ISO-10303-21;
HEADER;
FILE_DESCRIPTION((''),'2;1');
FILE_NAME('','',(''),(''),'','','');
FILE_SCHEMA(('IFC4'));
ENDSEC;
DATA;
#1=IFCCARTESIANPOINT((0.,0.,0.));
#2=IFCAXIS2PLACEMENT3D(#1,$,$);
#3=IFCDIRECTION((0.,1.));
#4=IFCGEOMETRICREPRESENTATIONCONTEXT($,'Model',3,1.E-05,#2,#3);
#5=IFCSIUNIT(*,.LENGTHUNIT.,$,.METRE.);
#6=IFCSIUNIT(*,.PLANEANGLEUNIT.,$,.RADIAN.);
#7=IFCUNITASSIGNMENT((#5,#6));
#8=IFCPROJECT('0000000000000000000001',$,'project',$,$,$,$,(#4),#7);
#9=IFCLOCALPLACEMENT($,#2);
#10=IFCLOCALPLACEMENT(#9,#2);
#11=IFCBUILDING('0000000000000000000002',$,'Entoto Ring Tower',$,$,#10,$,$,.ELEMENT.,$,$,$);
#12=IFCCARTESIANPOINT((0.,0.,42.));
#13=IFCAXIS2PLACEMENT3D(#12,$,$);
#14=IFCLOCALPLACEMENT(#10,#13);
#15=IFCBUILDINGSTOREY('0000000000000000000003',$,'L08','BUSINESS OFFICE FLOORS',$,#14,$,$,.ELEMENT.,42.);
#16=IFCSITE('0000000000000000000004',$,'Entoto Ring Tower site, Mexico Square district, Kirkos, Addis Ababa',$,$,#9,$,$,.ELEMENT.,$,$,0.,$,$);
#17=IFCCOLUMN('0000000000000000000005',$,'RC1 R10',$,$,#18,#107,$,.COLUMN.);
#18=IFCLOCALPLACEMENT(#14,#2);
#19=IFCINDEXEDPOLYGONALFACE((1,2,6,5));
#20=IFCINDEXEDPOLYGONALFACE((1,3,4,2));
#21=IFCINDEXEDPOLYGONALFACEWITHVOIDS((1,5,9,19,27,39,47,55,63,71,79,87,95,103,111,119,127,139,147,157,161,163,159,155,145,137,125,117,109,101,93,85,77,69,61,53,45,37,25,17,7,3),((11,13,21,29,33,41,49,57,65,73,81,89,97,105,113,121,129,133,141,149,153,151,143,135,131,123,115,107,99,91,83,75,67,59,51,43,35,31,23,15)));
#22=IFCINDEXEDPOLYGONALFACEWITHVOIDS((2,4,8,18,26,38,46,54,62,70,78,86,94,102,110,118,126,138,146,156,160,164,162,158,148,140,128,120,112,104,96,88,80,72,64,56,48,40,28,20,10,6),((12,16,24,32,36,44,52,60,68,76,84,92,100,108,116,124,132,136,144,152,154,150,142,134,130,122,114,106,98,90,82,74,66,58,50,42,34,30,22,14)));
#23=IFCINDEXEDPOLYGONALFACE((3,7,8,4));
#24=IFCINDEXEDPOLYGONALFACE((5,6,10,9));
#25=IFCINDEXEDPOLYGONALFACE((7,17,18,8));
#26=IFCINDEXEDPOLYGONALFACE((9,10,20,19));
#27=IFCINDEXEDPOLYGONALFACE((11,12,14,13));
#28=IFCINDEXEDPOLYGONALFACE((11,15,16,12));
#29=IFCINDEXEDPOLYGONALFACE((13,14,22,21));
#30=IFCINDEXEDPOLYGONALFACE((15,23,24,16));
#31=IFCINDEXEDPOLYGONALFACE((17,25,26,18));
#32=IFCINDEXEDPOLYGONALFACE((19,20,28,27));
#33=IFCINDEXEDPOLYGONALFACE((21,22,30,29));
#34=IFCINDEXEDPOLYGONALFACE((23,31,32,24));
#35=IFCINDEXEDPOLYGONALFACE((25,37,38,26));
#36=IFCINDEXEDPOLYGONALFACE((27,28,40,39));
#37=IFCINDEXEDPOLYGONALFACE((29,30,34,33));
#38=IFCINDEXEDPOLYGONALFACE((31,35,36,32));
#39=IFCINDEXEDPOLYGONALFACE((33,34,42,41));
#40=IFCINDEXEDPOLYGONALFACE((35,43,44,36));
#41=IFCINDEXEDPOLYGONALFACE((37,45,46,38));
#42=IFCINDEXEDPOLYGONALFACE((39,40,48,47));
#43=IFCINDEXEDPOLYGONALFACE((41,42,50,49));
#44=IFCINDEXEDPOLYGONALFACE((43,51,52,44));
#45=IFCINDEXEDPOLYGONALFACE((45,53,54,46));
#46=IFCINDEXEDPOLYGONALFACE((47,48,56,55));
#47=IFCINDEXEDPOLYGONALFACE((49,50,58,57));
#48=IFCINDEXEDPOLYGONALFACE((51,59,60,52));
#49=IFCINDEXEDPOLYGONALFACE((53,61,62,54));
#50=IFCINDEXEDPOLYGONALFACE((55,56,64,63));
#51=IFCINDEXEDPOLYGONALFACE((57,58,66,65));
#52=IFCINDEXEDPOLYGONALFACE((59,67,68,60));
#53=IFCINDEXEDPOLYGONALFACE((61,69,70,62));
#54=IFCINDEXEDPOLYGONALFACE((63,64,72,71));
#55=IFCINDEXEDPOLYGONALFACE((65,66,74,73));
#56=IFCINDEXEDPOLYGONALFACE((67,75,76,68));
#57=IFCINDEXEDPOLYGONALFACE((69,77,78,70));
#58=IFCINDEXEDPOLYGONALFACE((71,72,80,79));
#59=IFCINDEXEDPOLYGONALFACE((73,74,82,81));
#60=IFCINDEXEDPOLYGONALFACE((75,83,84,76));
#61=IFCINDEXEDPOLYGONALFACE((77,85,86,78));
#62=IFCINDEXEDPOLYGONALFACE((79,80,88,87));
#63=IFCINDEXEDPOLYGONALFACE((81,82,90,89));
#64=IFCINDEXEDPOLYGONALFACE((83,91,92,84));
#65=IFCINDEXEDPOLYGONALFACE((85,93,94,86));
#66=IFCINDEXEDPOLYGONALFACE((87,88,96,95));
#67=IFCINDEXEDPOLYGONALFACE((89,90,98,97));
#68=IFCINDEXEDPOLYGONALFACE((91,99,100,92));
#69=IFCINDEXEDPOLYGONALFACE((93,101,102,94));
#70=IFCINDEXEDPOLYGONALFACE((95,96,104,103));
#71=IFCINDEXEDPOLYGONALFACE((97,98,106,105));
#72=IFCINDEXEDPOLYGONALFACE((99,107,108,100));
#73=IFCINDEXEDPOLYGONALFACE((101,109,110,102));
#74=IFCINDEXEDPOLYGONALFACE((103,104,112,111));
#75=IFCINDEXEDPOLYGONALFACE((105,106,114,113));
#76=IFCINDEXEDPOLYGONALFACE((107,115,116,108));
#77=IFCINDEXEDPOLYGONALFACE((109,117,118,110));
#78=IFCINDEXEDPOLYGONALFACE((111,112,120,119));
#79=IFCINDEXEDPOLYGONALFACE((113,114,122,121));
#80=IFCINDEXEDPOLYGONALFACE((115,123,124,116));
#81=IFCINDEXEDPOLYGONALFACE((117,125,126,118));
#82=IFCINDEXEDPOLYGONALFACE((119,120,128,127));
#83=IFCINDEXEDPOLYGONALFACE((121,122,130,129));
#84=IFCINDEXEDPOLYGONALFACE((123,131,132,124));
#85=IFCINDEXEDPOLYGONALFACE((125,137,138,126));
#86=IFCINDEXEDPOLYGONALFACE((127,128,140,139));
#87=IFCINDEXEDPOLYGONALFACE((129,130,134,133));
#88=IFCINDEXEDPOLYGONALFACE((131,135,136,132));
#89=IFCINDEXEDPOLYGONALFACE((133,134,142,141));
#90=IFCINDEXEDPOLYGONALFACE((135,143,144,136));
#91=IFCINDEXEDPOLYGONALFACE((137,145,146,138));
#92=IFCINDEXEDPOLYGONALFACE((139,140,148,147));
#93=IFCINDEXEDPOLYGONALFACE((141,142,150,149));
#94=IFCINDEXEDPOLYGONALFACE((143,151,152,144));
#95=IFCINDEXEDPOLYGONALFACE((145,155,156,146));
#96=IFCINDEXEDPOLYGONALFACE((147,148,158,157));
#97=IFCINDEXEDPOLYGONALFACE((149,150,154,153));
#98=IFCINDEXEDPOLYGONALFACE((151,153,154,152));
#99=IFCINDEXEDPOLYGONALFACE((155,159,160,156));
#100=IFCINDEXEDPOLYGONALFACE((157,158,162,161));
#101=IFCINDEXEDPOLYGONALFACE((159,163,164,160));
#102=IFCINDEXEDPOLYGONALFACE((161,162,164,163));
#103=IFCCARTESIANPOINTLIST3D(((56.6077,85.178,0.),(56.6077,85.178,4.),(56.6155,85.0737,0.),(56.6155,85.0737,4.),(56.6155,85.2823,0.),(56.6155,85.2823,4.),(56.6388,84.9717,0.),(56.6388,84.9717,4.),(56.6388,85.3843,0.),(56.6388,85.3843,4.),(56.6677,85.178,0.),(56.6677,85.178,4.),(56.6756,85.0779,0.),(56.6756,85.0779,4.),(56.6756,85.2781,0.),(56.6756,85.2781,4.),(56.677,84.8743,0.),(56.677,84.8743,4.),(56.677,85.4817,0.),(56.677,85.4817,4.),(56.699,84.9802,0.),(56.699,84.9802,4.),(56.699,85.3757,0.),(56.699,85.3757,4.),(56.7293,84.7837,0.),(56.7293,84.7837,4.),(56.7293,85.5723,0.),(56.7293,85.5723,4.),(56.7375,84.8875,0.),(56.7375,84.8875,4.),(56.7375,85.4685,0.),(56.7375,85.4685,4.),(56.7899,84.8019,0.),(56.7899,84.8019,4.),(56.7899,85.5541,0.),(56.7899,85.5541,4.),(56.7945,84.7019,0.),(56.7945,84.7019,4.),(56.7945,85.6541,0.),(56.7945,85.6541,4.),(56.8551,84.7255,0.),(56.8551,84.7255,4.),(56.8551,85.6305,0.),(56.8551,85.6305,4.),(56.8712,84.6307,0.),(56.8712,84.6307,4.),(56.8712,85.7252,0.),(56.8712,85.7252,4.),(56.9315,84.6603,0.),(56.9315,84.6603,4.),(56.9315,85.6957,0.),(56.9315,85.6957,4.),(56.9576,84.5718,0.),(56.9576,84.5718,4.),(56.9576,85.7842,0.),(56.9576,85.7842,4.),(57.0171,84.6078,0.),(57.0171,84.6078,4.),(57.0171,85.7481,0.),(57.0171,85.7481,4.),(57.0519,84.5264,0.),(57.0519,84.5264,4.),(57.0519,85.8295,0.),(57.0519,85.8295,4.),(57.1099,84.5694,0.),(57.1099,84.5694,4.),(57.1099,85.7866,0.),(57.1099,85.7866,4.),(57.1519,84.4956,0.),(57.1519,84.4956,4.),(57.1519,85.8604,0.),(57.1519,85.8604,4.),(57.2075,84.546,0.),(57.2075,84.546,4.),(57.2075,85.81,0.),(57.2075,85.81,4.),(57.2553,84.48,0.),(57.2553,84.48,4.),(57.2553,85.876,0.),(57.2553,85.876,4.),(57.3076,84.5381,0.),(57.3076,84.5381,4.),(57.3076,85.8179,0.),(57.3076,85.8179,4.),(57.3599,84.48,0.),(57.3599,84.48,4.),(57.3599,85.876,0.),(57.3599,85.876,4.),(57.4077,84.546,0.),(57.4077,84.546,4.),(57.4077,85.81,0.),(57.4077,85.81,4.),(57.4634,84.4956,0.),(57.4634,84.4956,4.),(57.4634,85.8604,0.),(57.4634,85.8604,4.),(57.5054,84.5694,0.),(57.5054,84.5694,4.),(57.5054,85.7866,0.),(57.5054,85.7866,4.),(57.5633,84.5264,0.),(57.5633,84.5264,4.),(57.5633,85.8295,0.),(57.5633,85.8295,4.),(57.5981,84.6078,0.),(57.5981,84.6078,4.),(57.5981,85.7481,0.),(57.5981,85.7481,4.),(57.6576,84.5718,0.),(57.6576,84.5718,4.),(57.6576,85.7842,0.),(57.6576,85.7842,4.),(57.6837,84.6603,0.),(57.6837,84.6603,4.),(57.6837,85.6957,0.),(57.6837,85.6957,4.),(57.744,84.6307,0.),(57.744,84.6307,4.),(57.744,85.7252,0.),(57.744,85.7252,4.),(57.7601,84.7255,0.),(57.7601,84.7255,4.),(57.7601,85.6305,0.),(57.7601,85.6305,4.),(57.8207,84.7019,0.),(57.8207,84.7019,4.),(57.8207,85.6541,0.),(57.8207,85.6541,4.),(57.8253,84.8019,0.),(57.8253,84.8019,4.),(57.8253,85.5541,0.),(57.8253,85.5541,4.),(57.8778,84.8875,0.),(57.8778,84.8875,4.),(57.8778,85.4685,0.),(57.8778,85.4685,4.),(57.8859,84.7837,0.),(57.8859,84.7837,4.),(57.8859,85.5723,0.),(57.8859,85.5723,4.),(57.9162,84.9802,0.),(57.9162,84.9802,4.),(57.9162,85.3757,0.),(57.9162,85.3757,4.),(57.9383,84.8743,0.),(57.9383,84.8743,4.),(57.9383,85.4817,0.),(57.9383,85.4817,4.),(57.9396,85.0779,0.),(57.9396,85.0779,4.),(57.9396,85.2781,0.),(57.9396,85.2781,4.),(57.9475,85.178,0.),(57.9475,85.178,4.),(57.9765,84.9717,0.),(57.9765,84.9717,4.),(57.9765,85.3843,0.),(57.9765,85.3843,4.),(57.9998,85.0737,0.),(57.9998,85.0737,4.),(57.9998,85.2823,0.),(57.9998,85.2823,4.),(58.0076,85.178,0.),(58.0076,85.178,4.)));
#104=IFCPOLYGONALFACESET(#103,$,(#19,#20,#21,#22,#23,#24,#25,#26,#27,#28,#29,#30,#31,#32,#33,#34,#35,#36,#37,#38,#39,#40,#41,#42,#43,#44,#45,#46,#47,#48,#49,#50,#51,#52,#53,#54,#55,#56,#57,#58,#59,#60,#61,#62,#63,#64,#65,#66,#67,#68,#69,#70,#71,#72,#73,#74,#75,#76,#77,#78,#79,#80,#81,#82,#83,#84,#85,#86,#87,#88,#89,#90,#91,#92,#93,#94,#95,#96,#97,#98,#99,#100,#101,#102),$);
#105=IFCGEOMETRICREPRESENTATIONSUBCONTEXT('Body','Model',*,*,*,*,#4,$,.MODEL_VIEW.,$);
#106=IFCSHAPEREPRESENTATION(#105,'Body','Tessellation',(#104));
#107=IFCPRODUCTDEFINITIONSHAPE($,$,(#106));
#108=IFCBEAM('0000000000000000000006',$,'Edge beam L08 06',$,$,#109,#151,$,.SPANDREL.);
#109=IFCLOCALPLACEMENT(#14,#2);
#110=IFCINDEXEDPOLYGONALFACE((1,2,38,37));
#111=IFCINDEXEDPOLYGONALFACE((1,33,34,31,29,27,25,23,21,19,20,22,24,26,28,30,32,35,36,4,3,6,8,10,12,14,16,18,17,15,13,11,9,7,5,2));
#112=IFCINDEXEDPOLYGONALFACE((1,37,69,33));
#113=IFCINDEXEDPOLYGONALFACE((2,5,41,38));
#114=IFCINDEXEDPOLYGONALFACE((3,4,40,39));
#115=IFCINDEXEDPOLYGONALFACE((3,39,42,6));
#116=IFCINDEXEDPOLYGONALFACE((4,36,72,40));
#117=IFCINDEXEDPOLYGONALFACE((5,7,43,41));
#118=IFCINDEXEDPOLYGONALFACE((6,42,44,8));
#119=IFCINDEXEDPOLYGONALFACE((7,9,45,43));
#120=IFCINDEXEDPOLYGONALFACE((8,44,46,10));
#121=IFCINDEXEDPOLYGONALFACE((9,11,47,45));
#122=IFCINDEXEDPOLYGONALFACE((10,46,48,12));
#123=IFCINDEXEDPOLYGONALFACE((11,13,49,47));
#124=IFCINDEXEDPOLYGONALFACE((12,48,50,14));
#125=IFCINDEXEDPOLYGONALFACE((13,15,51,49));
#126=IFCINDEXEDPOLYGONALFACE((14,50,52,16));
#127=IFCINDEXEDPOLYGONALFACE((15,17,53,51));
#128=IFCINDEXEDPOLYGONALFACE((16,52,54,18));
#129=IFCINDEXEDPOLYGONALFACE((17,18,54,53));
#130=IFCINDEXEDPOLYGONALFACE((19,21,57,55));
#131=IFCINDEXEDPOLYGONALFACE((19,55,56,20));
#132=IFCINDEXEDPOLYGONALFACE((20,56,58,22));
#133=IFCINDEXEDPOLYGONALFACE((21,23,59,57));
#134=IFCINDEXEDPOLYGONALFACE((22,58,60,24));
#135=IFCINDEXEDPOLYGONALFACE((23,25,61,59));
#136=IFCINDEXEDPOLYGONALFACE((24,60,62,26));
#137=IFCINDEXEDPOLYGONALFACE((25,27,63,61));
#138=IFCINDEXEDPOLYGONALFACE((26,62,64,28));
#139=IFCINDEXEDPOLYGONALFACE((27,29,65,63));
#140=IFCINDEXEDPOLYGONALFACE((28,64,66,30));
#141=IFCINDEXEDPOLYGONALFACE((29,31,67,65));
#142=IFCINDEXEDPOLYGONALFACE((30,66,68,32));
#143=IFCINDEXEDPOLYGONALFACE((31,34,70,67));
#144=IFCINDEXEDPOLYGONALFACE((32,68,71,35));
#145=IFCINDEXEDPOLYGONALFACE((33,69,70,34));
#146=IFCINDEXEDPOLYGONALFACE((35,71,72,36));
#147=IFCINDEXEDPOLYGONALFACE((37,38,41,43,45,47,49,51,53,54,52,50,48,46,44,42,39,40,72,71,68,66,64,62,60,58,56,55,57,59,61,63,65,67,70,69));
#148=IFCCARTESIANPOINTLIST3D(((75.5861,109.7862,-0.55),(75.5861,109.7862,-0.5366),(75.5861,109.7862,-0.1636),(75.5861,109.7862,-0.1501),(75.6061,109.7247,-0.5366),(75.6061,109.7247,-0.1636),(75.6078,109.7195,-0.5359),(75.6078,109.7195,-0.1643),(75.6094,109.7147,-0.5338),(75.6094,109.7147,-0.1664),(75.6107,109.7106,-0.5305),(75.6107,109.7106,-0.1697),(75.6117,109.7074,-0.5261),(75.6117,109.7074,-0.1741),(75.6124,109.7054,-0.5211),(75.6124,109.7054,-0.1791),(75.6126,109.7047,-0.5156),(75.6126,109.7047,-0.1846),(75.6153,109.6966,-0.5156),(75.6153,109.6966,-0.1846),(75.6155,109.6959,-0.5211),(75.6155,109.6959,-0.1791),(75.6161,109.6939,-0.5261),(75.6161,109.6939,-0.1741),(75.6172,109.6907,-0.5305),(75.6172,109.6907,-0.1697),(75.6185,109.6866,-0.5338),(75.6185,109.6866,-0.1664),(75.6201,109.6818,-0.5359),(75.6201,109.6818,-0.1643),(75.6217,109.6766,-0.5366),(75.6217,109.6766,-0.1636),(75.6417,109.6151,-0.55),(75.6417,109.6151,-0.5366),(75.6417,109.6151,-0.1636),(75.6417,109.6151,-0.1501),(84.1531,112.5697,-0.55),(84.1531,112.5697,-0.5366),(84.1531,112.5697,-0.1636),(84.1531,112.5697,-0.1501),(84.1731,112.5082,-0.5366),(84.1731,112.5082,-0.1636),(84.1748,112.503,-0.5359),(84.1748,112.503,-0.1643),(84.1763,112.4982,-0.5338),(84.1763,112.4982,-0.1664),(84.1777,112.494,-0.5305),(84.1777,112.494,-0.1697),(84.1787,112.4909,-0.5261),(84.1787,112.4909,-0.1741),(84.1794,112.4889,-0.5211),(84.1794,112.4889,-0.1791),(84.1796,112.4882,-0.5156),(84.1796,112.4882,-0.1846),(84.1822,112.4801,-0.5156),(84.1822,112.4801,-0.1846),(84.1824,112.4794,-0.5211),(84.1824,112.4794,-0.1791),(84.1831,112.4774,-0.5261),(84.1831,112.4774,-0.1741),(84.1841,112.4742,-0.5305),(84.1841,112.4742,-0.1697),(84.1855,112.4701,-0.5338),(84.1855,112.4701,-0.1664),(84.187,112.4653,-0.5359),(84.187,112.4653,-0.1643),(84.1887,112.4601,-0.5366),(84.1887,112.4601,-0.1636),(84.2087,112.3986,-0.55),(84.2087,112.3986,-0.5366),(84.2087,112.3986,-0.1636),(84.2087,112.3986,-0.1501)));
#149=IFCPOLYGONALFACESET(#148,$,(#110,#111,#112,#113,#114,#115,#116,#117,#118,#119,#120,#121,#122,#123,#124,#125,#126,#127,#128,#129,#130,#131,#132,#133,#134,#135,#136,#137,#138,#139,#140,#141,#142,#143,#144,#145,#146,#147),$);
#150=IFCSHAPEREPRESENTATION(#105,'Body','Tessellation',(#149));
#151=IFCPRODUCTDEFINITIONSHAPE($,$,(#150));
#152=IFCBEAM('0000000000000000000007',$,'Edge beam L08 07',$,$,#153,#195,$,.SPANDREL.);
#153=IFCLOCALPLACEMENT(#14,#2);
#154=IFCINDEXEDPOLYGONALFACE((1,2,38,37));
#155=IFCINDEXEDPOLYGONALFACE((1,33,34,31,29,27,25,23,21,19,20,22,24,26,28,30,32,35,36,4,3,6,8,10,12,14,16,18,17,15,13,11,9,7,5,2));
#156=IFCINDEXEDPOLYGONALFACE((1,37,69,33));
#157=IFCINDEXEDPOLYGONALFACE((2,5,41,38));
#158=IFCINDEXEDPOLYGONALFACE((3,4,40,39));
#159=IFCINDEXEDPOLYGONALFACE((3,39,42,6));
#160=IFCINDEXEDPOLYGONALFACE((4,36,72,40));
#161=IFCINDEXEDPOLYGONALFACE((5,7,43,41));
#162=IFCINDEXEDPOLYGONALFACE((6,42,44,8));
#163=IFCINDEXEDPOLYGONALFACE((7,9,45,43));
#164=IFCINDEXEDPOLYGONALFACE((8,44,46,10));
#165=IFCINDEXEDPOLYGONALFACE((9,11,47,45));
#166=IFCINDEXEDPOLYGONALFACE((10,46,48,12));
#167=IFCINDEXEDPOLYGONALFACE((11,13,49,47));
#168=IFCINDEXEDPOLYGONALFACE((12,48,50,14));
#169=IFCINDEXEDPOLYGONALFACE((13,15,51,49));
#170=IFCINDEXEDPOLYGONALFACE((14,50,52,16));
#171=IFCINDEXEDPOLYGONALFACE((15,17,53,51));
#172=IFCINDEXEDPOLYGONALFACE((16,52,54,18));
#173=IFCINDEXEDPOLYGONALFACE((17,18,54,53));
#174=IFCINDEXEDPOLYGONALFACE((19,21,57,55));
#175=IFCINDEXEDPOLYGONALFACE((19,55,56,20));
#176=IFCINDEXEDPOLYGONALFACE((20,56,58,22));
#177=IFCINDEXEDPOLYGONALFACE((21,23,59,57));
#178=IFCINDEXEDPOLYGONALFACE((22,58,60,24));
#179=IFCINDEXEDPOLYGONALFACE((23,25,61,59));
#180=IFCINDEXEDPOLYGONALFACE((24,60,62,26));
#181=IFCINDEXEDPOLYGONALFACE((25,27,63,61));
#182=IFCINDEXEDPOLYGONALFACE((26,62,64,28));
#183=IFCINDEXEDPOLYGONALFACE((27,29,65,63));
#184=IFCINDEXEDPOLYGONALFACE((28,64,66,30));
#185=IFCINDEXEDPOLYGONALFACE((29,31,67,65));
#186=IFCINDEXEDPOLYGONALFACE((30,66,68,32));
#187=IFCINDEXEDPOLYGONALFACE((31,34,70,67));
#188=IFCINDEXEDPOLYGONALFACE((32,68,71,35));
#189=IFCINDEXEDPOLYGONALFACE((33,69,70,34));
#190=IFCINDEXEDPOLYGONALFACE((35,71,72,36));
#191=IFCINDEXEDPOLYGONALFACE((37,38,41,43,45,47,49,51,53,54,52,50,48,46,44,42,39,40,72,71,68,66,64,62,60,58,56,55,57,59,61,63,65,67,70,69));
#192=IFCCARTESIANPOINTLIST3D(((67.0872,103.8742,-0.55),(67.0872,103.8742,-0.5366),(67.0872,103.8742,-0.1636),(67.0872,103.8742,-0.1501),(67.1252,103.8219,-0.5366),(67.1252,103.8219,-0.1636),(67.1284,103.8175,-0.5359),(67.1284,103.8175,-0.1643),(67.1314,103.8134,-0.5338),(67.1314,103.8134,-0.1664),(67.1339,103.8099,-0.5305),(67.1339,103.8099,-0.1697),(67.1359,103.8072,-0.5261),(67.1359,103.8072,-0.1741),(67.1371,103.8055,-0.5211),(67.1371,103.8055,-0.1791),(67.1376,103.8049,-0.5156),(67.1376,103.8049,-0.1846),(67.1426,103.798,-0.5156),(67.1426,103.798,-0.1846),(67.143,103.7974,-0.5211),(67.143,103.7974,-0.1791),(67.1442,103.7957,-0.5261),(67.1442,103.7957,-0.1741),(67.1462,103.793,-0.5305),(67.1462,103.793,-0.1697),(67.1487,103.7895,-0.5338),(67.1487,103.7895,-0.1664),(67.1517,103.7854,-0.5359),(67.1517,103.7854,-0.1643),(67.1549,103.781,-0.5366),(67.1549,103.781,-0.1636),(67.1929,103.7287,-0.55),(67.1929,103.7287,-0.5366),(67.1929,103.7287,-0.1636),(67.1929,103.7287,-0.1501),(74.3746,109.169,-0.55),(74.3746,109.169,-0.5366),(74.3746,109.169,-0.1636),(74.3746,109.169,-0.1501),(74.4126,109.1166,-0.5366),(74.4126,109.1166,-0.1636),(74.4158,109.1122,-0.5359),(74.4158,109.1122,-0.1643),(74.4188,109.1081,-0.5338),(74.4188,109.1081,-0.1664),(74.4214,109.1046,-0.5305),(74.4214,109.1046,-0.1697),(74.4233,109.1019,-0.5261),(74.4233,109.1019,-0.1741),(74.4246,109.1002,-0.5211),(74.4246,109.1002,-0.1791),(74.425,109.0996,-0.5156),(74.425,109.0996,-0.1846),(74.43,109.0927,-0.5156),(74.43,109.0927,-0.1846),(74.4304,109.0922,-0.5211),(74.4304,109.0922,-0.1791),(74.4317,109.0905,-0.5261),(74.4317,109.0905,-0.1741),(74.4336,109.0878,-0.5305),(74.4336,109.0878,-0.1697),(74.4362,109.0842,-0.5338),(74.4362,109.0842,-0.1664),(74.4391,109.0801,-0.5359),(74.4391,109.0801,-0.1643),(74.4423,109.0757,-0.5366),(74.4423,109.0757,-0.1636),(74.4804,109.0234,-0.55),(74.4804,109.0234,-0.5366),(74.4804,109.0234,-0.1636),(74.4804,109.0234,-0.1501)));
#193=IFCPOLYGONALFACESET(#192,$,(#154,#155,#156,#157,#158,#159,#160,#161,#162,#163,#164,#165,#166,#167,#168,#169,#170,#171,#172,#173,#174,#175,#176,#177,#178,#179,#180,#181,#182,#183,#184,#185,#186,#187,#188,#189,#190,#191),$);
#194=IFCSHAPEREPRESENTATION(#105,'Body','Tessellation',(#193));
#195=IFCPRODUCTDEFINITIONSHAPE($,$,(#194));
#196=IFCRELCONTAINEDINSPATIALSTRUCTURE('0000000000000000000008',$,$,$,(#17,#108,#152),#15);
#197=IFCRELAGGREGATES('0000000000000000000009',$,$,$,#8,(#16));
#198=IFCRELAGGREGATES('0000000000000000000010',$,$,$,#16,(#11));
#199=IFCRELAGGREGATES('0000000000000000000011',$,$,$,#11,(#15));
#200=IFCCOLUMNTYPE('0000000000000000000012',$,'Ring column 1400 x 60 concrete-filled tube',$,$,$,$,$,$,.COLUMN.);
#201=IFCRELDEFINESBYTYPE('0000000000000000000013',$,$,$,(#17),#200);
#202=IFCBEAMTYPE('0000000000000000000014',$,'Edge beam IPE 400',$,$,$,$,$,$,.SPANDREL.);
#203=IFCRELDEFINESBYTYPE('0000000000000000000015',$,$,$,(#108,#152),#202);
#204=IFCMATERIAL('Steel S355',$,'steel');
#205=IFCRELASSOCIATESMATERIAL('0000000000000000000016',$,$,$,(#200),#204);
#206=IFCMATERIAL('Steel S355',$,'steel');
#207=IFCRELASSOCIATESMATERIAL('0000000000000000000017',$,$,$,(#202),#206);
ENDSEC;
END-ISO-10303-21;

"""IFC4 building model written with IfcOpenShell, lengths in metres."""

from ifc_helpers import new_model, si_unit, direction, frame, origin, origin_2d, place, context, subcontext, project, spatial, circle, hollow_circle, i_section, extrude, material, material_profile, profile_set, type_object, element, save


model = new_model("IFC4")

# Units and contexts
model_context = context("Model", 3, precision=1e-05, world=origin(), true_north=direction((0.0, 1.0)))
body_context = subcontext(model_context, "Body", "Model", "MODEL_VIEW")
ifc_project = project(units=[si_unit("LENGTHUNIT", "METRE"), si_unit("PLANEANGLEUNIT", "RADIAN")], contexts=[model_context])

# Site, building, storey
site_placement = place(None, origin())
site = spatial("IfcSite", under=ifc_project, at=site_placement, Name="Entoto Ring Tower site, Mexico Square district, Kirkos, Addis Ababa", CompositionType="ELEMENT", RefElevation=0.0)
building_placement = place(site_placement, origin())
building = spatial("IfcBuilding", under=site, at=building_placement, Name="Entoto Ring Tower", CompositionType="ELEMENT")
storey_placement = place(building_placement, frame((0.0, 0.0, 42.0)))
storey = spatial("IfcBuildingStorey", under=building, at=storey_placement, Name="L08", Description="BUSINESS OFFICE FLOORS", CompositionType="ELEMENT", Elevation=42.0)

# Column
ifc_material_1 = material(Name="Steel S355", Category="steel")
ifc_material_profile_1 = material_profile(ifc_material_1, hollow_circle(Radius=0.7, WallThickness=0.0601, at=origin_2d()), Name="CHS 1400 x 60")
ifc_material_2 = material(Name="Concrete C60/75", Category="concrete")
ifc_material_profile_2 = material_profile(ifc_material_2, circle(Radius=0.6399, at=origin_2d()), Name="Concrete C60/75 infill")
ifc_profile_set_1 = profile_set([ifc_material_profile_1, ifc_material_profile_2], Name="Steel S355")
column_type = type_object("IfcColumnType", Name="Ring column 1400 x 60 concrete-filled tube", PredefinedType="COLUMN", material=ifc_profile_set_1)
for number, where, z_axis, x_axis, name in (
    (1, (57.3076, 85.178, 0.0), (0.0, 0.0, 1.0), (1.0, 0.0, 0.0), "RC1 R10"),
):
    element("IfcColumn", number, at=place(storey_placement, frame(where, z_axis=z_axis, x_axis=x_axis)), inside=storey, type_object=column_type, Name=name, PredefinedType="COLUMN", context=body_context, shape_type="SweptSolid", body=[
        extrude(hollow_circle(Radius=0.7, WallThickness=0.0601, at=origin_2d()), origin(), (0.0, 0.0, 1.0), 4.0),
    ])

# Beams
ifc_material_3 = material(Name="Steel S355", Category="steel")
ifc_material_profile_3 = material_profile(ifc_material_3, i_section(OverallWidth=0.1799, OverallDepth=0.3999, WebThickness=0.0085, FlangeThickness=0.0134, FilletRadius=0.021, at=origin_2d()), Name="IPE 400")
ifc_profile_set_2 = profile_set([ifc_material_profile_3], Name="Steel S355")
beam_type_1 = type_object("IfcBeamType", Name="Edge beam IPE 400", PredefinedType="SPANDREL", material=ifc_profile_set_2)
for number, where, z_axis, x_axis, name in (
    (2, (84.1809, 112.4841, -0.3501), (-0.95106, -0.309006, 0.0), (0.309006, -0.95106, 0.0), "Edge beam L08 06"),
    (3, (74.4275, 109.0962, -0.3501), (-0.809011, -0.587793, 0.0), (0.587793, -0.809011, 0.0), "Edge beam L08 07"),
):
    element("IfcBeam", number, at=place(storey_placement, frame(where, z_axis=z_axis, x_axis=x_axis)), inside=storey, type_object=beam_type_1, Name=name, PredefinedType="SPANDREL", context=body_context, shape_type="SweptSolid", body=[
        extrude(i_section(OverallWidth=0.1799, OverallDepth=0.3999, WebThickness=0.0085, FlangeThickness=0.0134, FilletRadius=0.021, at=origin_2d()), origin(), (0.0, 0.0, 1.0), 9.0078),
    ])

save(model, "model.ifc")
